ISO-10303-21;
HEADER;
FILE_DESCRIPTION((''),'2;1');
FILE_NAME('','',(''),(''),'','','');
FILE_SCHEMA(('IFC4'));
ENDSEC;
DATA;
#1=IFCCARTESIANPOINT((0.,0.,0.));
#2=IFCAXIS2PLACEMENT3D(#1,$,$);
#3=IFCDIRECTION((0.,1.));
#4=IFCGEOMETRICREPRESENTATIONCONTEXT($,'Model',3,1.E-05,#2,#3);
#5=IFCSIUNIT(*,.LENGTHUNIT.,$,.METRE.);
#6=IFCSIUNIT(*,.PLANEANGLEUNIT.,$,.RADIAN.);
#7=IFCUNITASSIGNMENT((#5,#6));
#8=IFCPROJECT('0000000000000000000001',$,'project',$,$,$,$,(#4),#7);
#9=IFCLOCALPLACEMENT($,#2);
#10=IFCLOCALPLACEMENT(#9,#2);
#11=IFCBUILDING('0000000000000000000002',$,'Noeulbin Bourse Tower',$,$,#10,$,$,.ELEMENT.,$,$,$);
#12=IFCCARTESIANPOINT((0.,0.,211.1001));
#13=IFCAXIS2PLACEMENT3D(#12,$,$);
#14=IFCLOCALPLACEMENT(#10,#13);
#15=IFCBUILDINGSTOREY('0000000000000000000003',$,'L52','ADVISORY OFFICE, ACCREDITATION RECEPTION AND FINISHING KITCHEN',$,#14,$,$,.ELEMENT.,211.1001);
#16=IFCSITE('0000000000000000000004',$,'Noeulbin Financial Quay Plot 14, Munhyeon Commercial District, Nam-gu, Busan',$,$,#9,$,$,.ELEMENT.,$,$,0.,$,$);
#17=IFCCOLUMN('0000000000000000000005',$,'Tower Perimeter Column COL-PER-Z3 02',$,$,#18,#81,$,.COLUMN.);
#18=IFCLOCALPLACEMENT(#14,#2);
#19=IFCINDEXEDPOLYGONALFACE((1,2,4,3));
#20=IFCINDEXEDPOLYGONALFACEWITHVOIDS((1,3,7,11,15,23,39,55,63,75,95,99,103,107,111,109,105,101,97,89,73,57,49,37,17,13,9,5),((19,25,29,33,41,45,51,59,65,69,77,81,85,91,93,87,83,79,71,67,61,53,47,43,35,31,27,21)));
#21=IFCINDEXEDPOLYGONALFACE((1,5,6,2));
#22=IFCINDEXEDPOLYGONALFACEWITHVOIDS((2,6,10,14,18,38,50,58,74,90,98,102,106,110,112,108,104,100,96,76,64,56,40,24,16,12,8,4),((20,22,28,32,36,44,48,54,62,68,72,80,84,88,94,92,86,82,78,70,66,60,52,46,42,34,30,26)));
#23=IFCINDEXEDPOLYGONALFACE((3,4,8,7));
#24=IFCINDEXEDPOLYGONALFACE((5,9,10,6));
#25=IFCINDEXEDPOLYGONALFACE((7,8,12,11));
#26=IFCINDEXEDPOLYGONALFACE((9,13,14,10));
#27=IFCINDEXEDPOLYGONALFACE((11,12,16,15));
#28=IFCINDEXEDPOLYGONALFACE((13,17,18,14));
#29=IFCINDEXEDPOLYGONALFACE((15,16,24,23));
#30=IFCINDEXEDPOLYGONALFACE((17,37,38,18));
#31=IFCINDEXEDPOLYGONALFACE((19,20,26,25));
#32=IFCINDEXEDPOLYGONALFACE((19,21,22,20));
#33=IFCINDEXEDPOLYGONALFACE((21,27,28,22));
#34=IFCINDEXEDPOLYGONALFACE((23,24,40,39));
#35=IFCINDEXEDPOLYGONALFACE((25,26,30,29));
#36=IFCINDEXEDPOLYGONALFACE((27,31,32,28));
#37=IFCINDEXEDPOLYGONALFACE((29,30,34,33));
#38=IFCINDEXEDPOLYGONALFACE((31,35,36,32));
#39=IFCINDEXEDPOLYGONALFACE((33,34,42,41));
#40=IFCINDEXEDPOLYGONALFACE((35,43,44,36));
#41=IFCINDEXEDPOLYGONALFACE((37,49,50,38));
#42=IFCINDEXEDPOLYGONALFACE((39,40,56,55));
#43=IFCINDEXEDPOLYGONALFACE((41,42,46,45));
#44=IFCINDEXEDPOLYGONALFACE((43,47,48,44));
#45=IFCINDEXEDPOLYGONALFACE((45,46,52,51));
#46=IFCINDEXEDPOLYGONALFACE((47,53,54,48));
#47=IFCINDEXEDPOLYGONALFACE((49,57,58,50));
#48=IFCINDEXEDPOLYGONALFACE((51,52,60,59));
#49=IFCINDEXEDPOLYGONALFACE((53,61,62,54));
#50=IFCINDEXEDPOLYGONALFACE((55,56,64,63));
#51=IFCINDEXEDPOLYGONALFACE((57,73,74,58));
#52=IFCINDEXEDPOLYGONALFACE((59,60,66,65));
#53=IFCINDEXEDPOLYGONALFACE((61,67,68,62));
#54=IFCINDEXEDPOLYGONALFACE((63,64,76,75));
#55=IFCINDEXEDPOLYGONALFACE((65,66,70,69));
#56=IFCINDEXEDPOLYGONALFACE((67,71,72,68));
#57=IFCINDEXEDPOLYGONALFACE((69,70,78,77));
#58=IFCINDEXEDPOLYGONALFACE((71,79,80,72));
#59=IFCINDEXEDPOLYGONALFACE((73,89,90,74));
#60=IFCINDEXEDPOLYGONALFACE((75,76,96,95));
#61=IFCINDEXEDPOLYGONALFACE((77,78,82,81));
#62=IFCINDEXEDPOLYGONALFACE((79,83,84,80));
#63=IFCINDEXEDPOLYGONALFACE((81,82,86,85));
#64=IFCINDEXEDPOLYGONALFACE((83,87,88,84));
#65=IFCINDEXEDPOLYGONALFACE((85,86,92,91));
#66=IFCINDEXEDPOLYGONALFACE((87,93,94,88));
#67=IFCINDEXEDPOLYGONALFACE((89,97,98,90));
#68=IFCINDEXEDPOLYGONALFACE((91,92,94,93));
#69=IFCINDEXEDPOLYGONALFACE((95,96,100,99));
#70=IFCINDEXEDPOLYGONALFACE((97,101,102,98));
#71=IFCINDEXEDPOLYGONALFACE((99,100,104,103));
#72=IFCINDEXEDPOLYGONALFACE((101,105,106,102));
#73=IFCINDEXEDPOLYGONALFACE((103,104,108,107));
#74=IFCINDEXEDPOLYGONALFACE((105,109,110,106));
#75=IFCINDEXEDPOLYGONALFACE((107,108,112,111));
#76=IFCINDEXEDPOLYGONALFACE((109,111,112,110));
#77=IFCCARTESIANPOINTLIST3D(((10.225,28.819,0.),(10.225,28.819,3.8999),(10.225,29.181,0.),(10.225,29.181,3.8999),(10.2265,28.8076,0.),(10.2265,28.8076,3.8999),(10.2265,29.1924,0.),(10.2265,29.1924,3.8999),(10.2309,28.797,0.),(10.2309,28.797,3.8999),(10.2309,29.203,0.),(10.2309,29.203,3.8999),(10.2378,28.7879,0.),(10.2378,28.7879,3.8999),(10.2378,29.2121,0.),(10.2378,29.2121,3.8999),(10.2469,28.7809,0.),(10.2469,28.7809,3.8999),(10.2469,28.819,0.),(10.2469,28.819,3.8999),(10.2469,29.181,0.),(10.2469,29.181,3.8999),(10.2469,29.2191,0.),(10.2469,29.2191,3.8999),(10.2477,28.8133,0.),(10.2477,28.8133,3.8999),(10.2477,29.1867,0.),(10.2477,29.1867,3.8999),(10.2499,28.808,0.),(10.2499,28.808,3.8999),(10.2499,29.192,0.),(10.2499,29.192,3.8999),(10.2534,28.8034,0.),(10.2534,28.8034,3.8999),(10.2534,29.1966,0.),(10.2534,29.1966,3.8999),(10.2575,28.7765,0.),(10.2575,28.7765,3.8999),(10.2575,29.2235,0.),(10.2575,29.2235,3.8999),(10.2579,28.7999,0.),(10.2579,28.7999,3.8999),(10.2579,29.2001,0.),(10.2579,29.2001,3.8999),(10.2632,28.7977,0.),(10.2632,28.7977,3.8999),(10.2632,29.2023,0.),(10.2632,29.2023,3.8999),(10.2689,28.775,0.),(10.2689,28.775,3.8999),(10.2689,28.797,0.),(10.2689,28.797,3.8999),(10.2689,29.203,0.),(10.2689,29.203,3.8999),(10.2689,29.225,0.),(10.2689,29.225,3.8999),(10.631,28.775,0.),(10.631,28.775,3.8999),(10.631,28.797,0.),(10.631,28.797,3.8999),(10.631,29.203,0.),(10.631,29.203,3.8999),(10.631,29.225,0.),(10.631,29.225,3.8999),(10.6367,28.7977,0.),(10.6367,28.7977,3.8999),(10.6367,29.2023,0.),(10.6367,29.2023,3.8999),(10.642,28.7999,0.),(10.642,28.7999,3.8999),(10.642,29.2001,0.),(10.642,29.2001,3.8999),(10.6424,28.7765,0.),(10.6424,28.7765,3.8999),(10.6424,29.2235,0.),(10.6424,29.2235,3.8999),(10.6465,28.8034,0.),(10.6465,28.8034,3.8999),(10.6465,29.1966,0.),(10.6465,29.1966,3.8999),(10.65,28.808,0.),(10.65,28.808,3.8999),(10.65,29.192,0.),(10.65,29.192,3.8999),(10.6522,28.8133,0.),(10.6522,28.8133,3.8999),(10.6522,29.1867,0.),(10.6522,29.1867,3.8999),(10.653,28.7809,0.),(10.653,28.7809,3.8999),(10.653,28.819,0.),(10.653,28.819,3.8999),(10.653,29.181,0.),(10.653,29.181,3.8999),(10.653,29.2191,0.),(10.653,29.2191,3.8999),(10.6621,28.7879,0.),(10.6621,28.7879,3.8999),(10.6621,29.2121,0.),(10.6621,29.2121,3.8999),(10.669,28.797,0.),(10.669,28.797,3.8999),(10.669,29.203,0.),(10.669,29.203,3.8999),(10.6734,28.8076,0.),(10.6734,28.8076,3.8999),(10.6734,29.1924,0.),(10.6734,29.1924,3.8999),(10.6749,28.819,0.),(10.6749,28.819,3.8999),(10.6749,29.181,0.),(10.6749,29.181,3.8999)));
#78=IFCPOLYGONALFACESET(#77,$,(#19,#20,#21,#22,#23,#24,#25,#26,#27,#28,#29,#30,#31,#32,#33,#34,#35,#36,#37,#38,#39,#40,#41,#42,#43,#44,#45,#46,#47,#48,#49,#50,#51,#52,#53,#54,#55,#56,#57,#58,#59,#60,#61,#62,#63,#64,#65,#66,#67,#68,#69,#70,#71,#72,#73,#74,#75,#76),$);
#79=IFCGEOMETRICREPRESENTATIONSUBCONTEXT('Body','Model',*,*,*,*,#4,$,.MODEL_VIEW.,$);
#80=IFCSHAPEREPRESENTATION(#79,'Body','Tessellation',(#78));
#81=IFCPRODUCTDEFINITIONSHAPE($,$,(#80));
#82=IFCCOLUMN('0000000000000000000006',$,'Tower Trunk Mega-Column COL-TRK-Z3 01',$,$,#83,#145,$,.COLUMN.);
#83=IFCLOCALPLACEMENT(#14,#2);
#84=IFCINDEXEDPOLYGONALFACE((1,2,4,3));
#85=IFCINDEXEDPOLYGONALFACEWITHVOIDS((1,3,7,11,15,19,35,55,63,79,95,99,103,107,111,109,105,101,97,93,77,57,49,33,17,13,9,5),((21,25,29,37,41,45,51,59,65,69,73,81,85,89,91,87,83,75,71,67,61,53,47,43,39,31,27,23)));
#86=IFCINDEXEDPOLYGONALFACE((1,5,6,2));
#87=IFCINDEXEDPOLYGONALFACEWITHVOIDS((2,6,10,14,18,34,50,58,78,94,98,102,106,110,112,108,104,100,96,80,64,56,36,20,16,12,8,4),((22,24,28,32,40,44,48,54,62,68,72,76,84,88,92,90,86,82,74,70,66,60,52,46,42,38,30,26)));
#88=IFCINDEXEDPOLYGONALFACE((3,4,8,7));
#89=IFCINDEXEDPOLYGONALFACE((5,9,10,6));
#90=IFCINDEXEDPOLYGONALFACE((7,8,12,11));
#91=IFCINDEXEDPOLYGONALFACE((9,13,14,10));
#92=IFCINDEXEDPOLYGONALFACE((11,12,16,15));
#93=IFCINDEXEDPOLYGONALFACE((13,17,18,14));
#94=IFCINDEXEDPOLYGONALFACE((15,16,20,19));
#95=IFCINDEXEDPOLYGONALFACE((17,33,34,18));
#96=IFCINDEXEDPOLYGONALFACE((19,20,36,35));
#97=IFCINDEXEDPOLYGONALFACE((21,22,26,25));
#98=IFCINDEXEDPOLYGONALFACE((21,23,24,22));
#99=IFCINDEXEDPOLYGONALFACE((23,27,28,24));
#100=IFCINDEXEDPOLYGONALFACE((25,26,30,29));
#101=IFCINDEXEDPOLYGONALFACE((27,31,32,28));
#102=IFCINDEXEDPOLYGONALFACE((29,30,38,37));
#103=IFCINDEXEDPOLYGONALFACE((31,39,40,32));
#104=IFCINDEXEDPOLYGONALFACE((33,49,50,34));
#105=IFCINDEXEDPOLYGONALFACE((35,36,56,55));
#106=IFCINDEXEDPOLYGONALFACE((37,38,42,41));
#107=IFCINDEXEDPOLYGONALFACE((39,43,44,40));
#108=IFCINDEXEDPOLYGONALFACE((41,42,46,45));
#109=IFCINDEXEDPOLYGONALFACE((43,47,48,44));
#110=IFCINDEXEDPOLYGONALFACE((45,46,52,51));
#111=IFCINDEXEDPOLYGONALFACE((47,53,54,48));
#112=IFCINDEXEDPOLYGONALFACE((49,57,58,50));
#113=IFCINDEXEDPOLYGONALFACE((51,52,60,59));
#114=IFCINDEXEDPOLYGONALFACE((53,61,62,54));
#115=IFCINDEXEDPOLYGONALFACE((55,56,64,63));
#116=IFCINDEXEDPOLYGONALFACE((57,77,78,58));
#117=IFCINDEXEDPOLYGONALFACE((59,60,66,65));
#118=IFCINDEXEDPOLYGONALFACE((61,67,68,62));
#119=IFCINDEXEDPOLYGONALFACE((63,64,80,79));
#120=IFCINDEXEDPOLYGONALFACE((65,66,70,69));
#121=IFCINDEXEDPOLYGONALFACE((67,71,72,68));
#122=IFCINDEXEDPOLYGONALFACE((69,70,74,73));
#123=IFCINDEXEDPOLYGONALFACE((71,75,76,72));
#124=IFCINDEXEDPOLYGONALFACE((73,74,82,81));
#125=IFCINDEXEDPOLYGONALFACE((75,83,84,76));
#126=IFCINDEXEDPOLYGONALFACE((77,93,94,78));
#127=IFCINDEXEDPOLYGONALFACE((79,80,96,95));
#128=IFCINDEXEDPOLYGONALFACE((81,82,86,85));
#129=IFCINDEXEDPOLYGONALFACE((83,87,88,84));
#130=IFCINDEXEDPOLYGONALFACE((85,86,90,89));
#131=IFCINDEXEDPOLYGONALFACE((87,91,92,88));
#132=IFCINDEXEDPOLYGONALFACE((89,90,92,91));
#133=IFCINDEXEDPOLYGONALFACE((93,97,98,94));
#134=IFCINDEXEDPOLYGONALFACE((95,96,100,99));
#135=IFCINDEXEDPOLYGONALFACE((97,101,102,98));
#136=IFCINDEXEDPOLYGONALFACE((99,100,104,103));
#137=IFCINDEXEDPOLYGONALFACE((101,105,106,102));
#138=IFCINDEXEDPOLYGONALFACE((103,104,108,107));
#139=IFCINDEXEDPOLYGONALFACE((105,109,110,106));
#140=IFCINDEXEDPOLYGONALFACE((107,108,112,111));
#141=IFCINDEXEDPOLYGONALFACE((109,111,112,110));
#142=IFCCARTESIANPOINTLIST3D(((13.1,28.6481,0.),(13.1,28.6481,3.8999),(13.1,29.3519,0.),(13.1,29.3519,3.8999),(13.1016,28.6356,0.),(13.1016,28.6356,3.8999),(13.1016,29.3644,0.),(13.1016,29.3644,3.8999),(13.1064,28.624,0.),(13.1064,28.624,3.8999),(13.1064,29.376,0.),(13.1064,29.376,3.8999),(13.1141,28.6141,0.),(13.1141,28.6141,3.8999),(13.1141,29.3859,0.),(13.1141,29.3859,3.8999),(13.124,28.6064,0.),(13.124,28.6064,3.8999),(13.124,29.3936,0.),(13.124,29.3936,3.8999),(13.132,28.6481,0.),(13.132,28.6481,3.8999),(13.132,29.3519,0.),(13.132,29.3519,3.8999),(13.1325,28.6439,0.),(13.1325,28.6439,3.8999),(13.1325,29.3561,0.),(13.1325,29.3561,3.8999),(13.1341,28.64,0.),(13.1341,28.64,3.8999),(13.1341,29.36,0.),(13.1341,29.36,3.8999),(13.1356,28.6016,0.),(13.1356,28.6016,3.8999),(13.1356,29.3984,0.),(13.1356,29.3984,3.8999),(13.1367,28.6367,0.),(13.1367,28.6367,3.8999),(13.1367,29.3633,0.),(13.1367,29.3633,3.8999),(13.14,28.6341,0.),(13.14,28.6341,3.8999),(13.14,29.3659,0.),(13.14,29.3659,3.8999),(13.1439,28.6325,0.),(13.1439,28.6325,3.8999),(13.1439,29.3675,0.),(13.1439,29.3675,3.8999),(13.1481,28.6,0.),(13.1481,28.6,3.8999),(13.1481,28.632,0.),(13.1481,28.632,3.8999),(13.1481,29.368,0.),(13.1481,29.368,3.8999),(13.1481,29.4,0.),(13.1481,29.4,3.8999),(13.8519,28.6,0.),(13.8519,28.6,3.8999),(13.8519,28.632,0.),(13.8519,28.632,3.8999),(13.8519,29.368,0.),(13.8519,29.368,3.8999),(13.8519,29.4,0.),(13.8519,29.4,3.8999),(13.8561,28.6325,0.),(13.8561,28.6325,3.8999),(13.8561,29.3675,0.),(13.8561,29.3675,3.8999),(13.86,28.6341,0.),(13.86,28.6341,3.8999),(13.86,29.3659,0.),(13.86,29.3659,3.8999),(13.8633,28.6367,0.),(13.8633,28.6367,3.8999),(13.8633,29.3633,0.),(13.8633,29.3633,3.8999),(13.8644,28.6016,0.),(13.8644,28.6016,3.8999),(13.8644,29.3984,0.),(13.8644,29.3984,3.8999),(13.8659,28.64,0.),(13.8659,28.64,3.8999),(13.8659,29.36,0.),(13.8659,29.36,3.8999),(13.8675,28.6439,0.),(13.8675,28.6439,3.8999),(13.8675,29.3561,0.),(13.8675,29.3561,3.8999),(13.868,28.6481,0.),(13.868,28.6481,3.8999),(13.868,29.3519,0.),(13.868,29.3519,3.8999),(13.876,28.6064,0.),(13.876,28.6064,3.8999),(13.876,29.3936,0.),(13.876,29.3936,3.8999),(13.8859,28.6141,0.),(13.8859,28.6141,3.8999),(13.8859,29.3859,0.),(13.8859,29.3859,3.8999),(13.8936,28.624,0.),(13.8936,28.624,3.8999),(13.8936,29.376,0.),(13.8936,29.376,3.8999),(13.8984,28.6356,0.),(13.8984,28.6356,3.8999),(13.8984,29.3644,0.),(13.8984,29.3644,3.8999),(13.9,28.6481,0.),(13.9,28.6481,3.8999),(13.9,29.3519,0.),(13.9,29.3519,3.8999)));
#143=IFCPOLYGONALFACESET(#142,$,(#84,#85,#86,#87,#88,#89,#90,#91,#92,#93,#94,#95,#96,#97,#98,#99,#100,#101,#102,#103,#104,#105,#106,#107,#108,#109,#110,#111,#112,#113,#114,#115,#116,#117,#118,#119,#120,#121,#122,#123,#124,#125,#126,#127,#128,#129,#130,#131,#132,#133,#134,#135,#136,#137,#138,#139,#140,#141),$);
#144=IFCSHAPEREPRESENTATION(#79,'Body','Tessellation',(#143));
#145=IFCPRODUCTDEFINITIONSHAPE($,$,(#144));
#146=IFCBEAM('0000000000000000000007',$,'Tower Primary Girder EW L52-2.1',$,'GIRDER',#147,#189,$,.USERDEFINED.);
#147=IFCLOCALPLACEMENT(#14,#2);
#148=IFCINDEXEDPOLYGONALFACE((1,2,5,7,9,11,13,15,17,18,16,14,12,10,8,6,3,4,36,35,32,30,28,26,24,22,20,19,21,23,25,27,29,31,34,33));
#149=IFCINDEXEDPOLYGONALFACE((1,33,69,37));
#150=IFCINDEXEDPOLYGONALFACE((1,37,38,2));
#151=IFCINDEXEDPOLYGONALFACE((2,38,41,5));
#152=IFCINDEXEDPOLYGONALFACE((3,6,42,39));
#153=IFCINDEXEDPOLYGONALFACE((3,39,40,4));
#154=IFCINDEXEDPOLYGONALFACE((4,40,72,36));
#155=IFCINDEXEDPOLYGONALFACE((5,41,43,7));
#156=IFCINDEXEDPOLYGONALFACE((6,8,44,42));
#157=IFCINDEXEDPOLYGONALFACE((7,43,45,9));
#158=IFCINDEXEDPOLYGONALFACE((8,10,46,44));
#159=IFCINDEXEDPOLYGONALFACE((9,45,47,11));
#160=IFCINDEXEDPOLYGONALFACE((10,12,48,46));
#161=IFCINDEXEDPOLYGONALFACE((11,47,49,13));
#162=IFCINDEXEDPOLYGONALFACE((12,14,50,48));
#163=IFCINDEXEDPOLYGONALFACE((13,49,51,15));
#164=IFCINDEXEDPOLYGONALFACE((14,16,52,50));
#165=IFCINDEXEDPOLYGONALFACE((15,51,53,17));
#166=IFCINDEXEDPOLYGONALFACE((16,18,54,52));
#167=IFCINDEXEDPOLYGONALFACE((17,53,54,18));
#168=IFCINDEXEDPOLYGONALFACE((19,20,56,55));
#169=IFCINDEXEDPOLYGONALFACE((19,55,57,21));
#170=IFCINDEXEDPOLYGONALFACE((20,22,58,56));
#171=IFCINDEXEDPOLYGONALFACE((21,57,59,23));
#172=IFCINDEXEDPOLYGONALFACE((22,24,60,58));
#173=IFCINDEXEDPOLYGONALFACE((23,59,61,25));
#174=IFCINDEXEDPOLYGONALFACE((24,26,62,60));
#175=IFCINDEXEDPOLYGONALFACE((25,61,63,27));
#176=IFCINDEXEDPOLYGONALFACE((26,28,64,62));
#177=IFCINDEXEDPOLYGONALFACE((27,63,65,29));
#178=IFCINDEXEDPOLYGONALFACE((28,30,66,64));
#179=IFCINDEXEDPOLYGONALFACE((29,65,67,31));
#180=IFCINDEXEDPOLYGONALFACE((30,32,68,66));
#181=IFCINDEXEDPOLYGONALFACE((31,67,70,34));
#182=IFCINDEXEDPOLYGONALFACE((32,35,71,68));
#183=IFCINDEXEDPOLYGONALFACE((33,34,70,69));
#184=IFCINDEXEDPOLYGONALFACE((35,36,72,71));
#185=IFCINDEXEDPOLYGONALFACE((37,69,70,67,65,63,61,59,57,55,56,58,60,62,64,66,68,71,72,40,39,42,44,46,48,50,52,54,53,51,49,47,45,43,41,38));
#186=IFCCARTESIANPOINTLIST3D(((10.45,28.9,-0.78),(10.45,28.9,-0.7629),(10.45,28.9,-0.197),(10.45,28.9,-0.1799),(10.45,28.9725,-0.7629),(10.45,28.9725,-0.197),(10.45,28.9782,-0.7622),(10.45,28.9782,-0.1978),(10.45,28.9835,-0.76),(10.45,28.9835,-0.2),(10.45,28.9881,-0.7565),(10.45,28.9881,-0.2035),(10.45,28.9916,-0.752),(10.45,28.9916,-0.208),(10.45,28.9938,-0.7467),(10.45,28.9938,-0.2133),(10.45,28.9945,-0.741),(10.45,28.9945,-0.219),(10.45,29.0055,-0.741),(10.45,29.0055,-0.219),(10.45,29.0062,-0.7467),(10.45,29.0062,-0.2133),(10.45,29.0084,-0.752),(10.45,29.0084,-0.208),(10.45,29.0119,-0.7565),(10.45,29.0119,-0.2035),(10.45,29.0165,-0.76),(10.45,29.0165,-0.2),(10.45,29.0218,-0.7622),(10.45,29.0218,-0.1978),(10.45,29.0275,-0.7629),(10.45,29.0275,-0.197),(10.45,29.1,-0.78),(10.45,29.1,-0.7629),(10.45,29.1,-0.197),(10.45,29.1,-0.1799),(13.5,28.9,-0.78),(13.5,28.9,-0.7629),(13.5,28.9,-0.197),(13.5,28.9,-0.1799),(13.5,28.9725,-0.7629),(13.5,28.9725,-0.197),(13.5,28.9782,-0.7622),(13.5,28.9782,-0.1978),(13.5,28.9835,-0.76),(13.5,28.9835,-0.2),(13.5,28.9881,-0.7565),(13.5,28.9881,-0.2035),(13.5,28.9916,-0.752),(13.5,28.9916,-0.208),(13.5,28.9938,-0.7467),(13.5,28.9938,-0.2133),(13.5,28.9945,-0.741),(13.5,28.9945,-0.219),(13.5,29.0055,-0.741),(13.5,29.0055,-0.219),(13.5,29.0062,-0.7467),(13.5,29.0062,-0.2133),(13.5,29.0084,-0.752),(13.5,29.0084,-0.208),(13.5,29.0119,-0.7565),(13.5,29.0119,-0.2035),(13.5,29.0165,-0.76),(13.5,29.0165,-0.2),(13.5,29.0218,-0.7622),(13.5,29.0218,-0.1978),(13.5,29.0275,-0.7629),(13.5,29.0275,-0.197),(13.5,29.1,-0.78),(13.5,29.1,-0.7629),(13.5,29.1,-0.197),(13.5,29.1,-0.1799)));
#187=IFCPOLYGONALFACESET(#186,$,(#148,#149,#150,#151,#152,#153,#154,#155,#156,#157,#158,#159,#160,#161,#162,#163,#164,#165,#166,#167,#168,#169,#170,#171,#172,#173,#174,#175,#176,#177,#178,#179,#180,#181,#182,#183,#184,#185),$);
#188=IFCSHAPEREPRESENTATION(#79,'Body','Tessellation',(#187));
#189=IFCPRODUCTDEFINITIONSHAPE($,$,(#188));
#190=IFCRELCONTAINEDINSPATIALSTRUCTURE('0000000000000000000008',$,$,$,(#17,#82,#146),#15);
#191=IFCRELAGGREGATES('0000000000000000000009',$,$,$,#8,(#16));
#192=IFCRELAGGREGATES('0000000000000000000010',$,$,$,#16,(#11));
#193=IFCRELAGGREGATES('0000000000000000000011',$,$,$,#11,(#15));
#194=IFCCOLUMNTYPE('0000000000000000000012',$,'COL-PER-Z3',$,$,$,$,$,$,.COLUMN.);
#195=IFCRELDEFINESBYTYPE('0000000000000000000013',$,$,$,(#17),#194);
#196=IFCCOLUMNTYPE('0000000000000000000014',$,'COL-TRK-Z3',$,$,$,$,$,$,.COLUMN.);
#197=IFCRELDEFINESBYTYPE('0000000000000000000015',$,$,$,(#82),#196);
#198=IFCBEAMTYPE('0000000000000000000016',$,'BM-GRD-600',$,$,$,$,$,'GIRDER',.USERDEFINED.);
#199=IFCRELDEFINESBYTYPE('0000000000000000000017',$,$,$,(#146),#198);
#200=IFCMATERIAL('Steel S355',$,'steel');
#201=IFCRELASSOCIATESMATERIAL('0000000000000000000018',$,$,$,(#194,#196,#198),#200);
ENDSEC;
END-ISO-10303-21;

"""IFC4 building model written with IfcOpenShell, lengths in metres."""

from ifc_helpers import new_model, si_unit, direction, frame, origin, origin_2d, place, context, subcontext, project, spatial, hollow_rectangle, i_section, extrude, material, material_profile, profile_set, type_object, element, save


model = new_model("IFC4")

# Units and contexts
model_context = context("Model", 3, precision=1e-05, world=origin(), true_north=direction((0.0, 1.0)))
body_context = subcontext(model_context, "Body", "Model", "MODEL_VIEW")
ifc_project = project(units=[si_unit("LENGTHUNIT", "METRE"), si_unit("PLANEANGLEUNIT", "RADIAN")], contexts=[model_context])

# Site, building, storey
site_placement = place(None, origin())
site = spatial("IfcSite", under=ifc_project, at=site_placement, Name="Noeulbin Financial Quay Plot 14, Munhyeon Commercial District, Nam-gu, Busan", CompositionType="ELEMENT", RefElevation=0.0)
building_placement = place(site_placement, origin())
building = spatial("IfcBuilding", under=site, at=building_placement, Name="Noeulbin Bourse Tower", CompositionType="ELEMENT")
storey_placement = place(building_placement, frame((0.0, 0.0, 211.1001)))
storey = spatial("IfcBuildingStorey", under=building, at=storey_placement, Name="L52", Description="ADVISORY OFFICE, ACCREDITATION RECEPTION AND FINISHING KITCHEN", CompositionType="ELEMENT", Elevation=211.1001)

# Columns
ifc_material_1 = material(Name="Steel S355", Category="steel")
ifc_material_profile_1 = material_profile(ifc_material_1, hollow_rectangle(XDim=0.45, YDim=0.45, WallThickness=0.022, InnerFilletRadius=0.022, OuterFilletRadius=0.0439, at=origin_2d()), Name="SHS-450x450x22", Category="LoadBearing")
ifc_profile_set_1 = profile_set([ifc_material_profile_1], Name="Steel S355")
column_type_1 = type_object("IfcColumnType", Name="COL-PER-Z3", PredefinedType="COLUMN", material=ifc_profile_set_1)
column_1_placement = place(storey_placement, frame((10.45, 29.0, 0.0), z_axis=(0.0, 0.0, 1.0), x_axis=(1.0, 0.0, 0.0)))
element("IfcColumn", 1, at=column_1_placement, inside=storey, type_object=column_type_1, Name="Tower Perimeter Column COL-PER-Z3 02", PredefinedType="COLUMN", context=body_context, shape_type="SweptSolid", body=[
    extrude(hollow_rectangle(XDim=0.45, YDim=0.45, WallThickness=0.022, InnerFilletRadius=0.022, OuterFilletRadius=0.0439, at=origin_2d()), origin(), (0.0, 0.0, 1.0), 3.8999),
])
ifc_material_profile_2 = material_profile(ifc_material_1, hollow_rectangle(XDim=0.8, YDim=0.8, WallThickness=0.032, InnerFilletRadius=0.0161, OuterFilletRadius=0.0481, at=origin_2d()), Name="BOX-800x800x32", Category="LoadBearing")
ifc_profile_set_2 = profile_set([ifc_material_profile_2], Name="Steel S355")
column_type_2 = type_object("IfcColumnType", Name="COL-TRK-Z3", PredefinedType="COLUMN", material=ifc_profile_set_2)
column_2_placement = place(storey_placement, frame((13.5, 29.0, 0.0), z_axis=(0.0, 0.0, 1.0), x_axis=(1.0, 0.0, 0.0)))
element("IfcColumn", 2, at=column_2_placement, inside=storey, type_object=column_type_2, Name="Tower Trunk Mega-Column COL-TRK-Z3 01", PredefinedType="COLUMN", context=body_context, shape_type="SweptSolid", body=[
    extrude(hollow_rectangle(XDim=0.8, YDim=0.8, WallThickness=0.032, InnerFilletRadius=0.0161, OuterFilletRadius=0.0481, at=origin_2d()), origin(), (0.0, 0.0, 1.0), 3.8999),
])

# Beam
ifc_material_profile_3 = material_profile(ifc_material_1, i_section(OverallWidth=0.2, OverallDepth=0.6001, WebThickness=0.011, FlangeThickness=0.0171, FilletRadius=0.022, at=origin_2d()), Name="H-600x200x11x17", Category="LoadBearing")
ifc_profile_set_3 = profile_set([ifc_material_profile_3], Name="Steel S355")
beam_type_1 = type_object("IfcBeamType", Name="BM-GRD-600", ElementType="GIRDER", PredefinedType="USERDEFINED", material=ifc_profile_set_3)
beam_placement = place(storey_placement, frame((10.45, 29.0, -0.48), z_axis=(1.0, 0.0, 0.0), x_axis=(0.0, 1.0, 0.0)))
element("IfcBeam", 3, at=beam_placement, inside=storey, type_object=beam_type_1, Name="Tower Primary Girder EW L52-2.1", ObjectType="GIRDER", PredefinedType="USERDEFINED", context=body_context, shape_type="SweptSolid", body=[
    extrude(i_section(OverallWidth=0.2, OverallDepth=0.6001, WebThickness=0.011, FlangeThickness=0.0171, FilletRadius=0.022, at=origin_2d()), origin(), (0.0, 0.0, 1.0), 3.05),
])

save(model, "model.ifc")
